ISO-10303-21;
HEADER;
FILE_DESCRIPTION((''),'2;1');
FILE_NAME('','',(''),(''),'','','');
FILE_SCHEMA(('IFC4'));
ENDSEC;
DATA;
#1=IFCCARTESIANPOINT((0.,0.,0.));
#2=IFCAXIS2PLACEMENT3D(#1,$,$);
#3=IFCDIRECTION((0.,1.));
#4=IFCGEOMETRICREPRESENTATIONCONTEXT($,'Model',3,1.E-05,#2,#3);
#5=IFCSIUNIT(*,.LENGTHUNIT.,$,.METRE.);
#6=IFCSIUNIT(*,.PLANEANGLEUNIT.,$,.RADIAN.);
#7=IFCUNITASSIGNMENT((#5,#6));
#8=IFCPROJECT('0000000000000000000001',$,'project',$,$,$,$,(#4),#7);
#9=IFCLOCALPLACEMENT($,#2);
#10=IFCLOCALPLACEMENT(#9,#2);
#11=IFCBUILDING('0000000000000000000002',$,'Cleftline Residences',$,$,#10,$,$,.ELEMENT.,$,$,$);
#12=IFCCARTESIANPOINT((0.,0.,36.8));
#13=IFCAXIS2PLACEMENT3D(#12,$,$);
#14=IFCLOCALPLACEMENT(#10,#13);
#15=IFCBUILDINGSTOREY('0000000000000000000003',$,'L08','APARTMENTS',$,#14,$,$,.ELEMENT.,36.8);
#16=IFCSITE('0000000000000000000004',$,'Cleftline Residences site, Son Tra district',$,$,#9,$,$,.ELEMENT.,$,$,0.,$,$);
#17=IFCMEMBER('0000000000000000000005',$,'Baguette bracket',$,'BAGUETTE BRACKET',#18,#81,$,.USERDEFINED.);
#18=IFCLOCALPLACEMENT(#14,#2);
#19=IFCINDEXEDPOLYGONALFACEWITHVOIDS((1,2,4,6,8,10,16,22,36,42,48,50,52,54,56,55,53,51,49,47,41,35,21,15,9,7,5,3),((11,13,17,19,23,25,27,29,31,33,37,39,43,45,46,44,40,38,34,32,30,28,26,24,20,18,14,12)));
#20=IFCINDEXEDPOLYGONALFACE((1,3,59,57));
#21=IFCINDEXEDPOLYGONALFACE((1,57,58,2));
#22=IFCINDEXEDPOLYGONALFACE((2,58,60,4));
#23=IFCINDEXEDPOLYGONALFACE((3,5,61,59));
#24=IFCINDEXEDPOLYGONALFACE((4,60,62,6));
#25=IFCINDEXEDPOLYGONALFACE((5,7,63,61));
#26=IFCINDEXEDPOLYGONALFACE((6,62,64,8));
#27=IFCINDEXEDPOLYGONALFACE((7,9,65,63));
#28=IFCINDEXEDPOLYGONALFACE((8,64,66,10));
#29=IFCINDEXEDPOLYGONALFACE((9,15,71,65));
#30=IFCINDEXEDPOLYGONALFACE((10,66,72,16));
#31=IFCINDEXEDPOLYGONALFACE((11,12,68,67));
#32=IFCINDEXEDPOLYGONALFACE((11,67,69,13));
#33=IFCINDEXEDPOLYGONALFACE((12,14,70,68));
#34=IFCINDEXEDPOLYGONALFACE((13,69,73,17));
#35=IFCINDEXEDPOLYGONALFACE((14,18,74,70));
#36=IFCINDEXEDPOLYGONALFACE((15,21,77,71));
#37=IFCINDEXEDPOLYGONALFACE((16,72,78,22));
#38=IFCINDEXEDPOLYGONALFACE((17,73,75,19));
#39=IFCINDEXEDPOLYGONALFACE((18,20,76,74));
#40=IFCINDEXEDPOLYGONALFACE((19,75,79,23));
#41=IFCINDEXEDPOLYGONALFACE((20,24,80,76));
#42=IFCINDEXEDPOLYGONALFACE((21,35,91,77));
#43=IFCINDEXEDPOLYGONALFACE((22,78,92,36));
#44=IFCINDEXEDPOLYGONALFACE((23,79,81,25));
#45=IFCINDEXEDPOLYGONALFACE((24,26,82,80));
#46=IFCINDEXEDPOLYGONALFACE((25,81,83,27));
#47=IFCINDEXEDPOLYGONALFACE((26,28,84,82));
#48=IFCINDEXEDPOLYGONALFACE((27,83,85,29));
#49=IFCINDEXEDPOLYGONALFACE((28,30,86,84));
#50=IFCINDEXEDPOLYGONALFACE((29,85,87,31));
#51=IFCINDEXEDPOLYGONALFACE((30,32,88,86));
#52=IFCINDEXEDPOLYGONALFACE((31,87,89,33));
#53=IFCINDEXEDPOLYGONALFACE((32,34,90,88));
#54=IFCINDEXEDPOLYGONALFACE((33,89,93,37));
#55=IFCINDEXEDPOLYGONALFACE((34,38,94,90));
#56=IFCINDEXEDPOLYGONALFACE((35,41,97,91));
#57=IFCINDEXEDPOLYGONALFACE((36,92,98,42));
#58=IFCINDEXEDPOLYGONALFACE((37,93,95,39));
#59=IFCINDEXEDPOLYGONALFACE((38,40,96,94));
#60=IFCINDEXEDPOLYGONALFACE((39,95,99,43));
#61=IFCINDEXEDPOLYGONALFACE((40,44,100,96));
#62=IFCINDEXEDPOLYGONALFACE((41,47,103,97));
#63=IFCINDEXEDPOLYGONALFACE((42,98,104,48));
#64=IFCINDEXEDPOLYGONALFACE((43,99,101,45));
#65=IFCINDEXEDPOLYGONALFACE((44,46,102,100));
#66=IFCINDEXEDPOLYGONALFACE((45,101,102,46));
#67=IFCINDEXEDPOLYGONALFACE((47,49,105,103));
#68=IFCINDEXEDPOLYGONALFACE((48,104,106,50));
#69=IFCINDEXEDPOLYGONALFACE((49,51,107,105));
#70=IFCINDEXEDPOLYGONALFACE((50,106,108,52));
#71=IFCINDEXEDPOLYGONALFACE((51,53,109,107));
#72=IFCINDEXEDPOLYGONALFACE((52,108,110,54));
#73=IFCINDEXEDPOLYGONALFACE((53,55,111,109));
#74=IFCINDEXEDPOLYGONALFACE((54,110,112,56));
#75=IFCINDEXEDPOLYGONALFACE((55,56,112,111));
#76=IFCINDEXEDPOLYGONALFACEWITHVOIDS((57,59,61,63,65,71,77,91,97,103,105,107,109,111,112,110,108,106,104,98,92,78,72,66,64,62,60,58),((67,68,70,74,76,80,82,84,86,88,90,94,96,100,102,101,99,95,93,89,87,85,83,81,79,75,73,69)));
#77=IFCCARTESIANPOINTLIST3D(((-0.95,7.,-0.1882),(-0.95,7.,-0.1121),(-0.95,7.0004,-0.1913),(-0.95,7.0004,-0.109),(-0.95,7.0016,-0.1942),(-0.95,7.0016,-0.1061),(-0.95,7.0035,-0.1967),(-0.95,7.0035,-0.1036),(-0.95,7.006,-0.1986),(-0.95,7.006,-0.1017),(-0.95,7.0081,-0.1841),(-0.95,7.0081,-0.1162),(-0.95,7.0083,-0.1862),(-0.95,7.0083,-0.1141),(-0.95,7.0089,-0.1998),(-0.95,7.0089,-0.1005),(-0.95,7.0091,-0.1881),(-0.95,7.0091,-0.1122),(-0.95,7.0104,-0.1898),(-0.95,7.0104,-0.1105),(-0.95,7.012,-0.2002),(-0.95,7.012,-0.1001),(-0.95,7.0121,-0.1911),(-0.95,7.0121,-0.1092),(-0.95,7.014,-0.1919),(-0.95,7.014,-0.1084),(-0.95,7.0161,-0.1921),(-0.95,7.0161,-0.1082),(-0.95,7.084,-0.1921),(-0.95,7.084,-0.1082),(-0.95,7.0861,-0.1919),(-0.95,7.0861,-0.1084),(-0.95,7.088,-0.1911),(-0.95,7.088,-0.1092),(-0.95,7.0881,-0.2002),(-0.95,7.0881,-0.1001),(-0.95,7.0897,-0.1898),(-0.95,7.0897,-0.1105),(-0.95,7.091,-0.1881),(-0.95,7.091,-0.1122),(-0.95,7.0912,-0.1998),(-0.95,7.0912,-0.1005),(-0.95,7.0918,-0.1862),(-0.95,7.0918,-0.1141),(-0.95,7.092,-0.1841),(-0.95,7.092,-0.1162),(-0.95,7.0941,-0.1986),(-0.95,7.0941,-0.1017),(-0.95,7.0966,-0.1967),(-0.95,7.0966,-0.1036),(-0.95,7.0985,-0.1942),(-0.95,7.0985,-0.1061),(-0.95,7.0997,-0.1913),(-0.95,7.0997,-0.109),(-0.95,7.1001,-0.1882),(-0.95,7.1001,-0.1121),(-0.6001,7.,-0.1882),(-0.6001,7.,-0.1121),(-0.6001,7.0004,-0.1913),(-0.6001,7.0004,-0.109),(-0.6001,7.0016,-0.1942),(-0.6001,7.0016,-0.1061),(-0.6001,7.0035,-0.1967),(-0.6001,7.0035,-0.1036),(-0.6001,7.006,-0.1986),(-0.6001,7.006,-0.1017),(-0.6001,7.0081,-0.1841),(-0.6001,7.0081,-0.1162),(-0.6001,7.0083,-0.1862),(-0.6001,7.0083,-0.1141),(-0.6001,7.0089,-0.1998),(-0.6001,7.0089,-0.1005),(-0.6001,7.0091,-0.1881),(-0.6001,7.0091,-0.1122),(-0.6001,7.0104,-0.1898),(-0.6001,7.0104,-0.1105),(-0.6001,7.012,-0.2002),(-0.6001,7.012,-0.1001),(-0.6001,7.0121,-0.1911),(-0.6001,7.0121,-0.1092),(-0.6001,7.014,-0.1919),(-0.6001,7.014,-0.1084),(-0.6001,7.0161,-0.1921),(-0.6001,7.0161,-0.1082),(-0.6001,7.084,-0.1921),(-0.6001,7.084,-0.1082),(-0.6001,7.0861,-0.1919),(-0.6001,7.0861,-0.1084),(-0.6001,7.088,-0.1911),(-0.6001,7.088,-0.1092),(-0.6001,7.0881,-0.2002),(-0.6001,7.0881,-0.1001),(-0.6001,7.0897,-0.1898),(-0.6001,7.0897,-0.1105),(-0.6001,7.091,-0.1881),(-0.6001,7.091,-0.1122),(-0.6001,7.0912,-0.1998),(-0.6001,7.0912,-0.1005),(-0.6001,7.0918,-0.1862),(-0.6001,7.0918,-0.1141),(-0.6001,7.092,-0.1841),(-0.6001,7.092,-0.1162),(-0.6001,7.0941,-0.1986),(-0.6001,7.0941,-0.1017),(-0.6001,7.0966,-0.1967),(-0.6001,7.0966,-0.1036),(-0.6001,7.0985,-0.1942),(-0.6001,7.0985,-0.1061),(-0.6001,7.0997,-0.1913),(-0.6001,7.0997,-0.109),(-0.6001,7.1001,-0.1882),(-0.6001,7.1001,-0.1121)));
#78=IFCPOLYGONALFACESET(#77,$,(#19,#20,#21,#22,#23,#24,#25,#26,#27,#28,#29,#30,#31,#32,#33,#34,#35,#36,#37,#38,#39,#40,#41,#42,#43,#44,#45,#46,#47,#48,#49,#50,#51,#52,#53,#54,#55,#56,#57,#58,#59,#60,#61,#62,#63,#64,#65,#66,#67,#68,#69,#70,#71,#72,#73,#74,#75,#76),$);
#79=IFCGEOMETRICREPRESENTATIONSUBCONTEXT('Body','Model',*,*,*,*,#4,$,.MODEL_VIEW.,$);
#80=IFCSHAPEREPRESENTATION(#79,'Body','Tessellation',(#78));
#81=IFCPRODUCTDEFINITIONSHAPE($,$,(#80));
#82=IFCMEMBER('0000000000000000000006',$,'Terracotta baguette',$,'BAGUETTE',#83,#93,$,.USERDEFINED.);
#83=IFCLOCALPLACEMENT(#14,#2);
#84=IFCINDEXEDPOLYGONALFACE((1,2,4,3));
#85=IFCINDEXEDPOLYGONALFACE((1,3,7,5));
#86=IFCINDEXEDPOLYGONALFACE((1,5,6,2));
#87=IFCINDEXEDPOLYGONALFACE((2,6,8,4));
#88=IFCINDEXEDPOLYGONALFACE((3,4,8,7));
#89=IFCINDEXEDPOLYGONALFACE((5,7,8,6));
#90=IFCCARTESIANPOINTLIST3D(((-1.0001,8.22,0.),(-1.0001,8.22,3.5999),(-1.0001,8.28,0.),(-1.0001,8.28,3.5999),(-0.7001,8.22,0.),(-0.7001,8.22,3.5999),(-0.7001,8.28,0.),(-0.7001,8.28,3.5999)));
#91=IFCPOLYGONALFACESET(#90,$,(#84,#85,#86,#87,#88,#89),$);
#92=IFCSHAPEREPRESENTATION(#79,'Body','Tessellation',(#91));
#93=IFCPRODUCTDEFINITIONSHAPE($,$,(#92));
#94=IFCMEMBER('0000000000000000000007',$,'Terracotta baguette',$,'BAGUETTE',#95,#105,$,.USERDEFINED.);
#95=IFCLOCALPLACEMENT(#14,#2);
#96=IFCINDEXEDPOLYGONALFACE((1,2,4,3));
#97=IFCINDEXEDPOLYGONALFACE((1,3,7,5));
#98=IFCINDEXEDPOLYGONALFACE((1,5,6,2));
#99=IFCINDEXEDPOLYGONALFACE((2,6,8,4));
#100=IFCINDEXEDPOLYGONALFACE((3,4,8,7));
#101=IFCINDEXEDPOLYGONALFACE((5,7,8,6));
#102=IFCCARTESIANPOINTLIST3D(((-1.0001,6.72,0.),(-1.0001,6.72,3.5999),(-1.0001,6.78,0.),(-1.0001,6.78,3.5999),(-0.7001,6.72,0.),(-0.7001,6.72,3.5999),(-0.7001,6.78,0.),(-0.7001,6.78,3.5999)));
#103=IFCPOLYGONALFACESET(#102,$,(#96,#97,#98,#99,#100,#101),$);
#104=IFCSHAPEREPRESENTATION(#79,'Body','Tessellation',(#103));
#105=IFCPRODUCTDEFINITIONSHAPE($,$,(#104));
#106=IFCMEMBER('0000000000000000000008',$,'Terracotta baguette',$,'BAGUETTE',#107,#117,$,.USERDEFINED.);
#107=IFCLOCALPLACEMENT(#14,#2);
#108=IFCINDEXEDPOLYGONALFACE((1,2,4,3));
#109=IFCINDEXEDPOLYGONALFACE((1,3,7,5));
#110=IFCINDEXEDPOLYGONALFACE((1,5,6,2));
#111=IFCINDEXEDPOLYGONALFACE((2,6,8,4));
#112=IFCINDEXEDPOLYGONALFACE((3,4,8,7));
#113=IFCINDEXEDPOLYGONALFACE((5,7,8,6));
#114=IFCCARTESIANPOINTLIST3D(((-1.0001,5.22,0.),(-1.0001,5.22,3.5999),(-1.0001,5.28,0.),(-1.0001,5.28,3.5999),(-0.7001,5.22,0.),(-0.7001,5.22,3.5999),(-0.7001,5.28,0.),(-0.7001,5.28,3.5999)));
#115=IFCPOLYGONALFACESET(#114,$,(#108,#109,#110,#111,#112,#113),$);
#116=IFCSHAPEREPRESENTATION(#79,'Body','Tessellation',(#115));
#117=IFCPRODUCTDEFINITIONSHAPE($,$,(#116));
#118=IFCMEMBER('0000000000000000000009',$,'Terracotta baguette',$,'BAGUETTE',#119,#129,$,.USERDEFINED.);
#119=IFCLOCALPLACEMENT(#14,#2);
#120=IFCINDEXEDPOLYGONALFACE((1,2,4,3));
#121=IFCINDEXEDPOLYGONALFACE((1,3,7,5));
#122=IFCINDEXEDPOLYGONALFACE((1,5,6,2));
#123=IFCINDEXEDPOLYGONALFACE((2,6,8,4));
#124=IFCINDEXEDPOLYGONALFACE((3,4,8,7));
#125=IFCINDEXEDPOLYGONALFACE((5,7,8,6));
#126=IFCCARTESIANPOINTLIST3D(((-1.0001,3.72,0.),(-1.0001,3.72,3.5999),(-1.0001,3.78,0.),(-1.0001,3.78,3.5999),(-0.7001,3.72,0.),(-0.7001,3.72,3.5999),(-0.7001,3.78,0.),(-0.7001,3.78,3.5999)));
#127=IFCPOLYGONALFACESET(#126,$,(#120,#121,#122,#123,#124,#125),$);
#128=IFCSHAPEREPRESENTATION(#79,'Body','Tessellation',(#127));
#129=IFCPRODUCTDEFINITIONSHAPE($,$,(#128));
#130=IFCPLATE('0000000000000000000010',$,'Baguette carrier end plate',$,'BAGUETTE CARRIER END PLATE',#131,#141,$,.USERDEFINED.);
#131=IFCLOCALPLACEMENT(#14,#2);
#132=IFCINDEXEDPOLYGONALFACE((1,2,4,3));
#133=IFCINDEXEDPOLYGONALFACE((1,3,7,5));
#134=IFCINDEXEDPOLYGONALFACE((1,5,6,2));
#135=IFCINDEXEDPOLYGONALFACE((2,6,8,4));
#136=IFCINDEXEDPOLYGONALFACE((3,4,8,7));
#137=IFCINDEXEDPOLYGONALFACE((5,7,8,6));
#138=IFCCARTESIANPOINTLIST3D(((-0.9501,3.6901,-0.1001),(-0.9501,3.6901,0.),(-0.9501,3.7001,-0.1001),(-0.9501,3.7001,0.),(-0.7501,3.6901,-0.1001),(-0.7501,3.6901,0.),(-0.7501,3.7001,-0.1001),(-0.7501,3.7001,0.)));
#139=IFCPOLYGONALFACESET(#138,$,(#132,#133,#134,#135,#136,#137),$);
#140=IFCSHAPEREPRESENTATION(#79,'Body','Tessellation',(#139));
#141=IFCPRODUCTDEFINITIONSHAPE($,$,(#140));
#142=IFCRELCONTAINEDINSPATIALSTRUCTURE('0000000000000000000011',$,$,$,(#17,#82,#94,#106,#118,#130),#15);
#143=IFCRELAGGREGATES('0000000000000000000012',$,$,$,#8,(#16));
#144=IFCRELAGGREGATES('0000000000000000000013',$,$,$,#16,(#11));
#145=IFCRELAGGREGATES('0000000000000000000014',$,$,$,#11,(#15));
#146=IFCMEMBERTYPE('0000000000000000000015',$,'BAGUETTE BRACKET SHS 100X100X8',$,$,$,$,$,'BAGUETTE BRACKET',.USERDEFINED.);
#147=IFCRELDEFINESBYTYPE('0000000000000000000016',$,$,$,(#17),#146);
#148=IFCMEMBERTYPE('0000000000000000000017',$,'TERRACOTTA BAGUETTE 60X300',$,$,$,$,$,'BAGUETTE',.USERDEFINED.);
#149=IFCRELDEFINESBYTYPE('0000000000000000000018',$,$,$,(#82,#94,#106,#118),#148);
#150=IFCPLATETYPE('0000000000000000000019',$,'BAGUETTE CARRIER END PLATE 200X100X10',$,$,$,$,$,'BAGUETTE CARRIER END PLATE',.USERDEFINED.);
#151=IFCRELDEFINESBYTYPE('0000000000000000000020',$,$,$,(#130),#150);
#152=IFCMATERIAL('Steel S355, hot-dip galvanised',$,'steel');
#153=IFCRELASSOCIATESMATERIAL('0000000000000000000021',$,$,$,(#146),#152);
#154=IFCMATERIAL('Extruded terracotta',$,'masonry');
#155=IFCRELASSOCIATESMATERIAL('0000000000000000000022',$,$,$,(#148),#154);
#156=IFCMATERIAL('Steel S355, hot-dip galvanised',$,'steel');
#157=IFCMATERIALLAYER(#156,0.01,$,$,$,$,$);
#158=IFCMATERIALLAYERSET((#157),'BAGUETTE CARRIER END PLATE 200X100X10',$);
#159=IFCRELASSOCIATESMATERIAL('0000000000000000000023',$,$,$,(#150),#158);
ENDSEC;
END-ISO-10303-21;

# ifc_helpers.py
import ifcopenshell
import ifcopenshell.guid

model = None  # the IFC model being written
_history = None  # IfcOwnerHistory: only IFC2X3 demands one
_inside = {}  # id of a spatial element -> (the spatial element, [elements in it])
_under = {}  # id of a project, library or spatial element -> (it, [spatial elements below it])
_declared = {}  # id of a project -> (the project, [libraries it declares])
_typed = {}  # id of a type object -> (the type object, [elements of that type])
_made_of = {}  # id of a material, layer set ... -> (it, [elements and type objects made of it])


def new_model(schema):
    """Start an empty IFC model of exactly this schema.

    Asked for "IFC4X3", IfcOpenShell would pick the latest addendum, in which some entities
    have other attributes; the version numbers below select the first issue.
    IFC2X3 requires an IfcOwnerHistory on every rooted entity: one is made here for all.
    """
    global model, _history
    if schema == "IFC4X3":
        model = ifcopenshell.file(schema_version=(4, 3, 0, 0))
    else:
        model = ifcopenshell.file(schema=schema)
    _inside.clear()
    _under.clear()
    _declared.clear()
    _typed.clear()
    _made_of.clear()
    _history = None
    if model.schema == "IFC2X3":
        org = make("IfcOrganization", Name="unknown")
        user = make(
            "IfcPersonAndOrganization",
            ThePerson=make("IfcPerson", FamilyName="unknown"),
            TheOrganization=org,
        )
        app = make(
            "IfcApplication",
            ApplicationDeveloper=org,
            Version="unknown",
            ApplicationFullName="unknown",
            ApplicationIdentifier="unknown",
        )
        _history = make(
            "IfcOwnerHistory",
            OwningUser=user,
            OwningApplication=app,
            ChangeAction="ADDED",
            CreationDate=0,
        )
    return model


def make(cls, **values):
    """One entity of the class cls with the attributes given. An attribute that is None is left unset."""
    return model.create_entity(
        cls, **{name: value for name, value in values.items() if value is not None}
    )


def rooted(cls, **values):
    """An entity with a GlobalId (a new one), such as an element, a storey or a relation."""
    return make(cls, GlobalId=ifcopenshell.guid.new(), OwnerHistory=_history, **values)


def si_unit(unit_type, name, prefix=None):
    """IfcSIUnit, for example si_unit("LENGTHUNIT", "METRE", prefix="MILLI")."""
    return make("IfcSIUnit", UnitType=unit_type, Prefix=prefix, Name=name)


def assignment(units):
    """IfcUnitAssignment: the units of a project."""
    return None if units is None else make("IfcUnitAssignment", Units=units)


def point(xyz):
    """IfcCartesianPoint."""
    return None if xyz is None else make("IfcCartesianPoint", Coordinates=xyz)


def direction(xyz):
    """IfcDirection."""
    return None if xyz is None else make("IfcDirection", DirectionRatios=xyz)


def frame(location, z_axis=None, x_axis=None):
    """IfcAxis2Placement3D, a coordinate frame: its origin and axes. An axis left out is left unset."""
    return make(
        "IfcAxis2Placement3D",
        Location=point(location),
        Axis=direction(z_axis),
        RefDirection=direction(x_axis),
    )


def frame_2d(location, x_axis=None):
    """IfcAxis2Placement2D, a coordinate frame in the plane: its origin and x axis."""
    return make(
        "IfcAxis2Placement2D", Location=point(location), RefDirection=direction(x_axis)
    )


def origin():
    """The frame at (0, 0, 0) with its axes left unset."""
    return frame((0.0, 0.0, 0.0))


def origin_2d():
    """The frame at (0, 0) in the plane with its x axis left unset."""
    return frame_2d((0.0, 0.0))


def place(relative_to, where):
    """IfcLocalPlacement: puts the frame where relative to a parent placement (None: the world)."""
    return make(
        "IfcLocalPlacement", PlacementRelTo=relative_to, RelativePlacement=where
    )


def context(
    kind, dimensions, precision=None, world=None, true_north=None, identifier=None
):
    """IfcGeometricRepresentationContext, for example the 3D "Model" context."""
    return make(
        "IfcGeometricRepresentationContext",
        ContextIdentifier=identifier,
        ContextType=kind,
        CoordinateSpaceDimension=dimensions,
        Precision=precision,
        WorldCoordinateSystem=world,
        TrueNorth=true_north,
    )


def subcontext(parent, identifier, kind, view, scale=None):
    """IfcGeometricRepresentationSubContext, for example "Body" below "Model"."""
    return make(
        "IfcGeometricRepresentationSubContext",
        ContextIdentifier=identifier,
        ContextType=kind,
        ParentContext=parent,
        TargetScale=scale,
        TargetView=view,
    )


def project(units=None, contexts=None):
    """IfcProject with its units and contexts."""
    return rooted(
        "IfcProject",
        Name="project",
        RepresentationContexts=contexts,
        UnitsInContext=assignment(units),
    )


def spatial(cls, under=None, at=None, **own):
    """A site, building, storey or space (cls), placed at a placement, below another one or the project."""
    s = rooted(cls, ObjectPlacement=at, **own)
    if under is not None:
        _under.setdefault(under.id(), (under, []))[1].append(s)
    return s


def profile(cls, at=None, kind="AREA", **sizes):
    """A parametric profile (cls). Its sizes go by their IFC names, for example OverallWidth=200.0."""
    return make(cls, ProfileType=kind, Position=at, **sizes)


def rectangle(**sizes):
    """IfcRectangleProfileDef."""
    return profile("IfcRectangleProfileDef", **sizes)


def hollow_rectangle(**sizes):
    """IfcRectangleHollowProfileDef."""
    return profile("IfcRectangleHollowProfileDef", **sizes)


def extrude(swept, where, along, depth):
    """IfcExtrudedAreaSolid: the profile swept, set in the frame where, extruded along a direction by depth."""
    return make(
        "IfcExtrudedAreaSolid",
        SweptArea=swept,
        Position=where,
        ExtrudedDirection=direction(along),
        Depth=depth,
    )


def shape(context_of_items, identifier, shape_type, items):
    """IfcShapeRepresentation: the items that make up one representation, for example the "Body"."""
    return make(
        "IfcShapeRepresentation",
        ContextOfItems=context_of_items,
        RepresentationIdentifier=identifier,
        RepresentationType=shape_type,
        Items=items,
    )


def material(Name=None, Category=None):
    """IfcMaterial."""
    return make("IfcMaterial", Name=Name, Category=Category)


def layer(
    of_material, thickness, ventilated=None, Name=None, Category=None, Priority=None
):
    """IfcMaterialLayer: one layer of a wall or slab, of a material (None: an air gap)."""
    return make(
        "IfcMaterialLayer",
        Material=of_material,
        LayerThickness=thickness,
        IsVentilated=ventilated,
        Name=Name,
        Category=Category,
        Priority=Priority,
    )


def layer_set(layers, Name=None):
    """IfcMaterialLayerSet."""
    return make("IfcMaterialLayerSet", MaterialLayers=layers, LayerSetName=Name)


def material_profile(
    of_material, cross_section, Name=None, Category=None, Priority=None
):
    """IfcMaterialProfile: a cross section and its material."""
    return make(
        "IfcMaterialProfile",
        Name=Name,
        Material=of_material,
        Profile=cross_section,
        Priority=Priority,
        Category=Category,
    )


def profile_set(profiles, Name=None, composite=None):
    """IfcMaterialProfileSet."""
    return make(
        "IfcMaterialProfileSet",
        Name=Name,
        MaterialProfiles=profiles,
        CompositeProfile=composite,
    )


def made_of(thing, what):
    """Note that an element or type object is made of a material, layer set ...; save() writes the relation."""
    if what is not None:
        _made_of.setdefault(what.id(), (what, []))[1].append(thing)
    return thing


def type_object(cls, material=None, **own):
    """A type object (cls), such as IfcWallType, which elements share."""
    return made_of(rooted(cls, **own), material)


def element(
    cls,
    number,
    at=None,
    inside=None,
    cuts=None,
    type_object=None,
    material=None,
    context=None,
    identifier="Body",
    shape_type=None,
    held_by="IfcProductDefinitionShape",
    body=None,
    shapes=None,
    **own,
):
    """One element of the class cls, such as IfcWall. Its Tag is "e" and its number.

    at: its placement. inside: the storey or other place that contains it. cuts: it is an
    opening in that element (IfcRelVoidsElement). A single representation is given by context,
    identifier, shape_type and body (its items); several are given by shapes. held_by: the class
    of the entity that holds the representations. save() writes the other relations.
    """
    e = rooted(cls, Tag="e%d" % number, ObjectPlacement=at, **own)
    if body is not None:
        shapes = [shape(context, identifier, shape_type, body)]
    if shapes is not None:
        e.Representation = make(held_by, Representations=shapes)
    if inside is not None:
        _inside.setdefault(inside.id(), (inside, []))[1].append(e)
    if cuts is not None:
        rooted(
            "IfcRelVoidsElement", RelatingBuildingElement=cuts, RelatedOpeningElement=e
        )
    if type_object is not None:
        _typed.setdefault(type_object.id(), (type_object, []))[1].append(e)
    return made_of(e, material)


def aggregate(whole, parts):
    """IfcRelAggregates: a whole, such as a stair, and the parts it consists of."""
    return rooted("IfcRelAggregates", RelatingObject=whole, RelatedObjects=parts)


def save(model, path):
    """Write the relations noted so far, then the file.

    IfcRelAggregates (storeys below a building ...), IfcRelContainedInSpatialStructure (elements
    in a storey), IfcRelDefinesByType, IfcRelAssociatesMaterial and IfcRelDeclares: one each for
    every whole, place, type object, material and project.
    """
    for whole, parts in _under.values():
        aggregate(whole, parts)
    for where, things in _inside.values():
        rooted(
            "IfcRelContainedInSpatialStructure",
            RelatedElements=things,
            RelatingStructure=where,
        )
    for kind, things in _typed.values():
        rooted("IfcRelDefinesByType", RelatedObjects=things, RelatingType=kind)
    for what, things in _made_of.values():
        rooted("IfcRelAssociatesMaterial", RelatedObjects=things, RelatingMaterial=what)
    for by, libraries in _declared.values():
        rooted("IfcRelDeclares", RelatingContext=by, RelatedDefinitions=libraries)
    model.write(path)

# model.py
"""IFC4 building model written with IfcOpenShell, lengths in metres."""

from ifc_helpers import new_model, si_unit, direction, frame, origin, origin_2d, place, context, subcontext, project, spatial, rectangle, hollow_rectangle, extrude, material, layer, layer_set, material_profile, profile_set, type_object, element, save


model = new_model("IFC4")

# Units and contexts
model_context = context("Model", 3, precision=1e-05, world=origin(), true_north=direction((0.0, 1.0)))
body_context = subcontext(model_context, "Body", "Model", "MODEL_VIEW")
ifc_project = project(units=[si_unit("LENGTHUNIT", "METRE"), si_unit("PLANEANGLEUNIT", "RADIAN")], contexts=[model_context])

# Site, building, storey
site_placement = place(None, origin())
site = spatial("IfcSite", under=ifc_project, at=site_placement, Name="Cleftline Residences site, Son Tra district", CompositionType="ELEMENT", RefElevation=0.0)
building_placement = place(site_placement, origin())
building = spatial("IfcBuilding", under=site, at=building_placement, Name="Cleftline Residences", CompositionType="ELEMENT")
storey_placement = place(building_placement, frame((0.0, 0.0, 36.8)))
storey = spatial("IfcBuildingStorey", under=building, at=storey_placement, Name="L08", Description="APARTMENTS", CompositionType="ELEMENT", Elevation=36.8)

# Members
ifc_material_1 = material(Name="Steel S355, hot-dip galvanised", Category="steel")
ifc_material_profile_1 = material_profile(ifc_material_1, hollow_rectangle(XDim=0.1001, YDim=0.1001, WallThickness=0.0081, InnerFilletRadius=0.0081, OuterFilletRadius=0.012, at=origin_2d()))
ifc_profile_set_1 = profile_set([ifc_material_profile_1], Name="Steel S355, hot-dip galvanised")
member_type_1 = type_object("IfcMemberType", Name="BAGUETTE BRACKET SHS 100X100X8", ElementType="BAGUETTE BRACKET", PredefinedType="USERDEFINED", material=ifc_profile_set_1)
member_placement = place(storey_placement, frame((-0.6001, 7.05, -0.1501), z_axis=(-1.0, 0.0, 0.0), x_axis=(0.0, -1.0, 0.0)))
element("IfcMember", 1, at=member_placement, inside=storey, type_object=member_type_1, Name="Baguette bracket", ObjectType="BAGUETTE BRACKET", PredefinedType="USERDEFINED", context=body_context, shape_type="SweptSolid", body=[
    extrude(hollow_rectangle(XDim=0.1001, YDim=0.1001, WallThickness=0.0081, InnerFilletRadius=0.0081, OuterFilletRadius=0.012, at=origin_2d()), origin(), (0.0, 0.0, 1.0), 0.3499),
])
ifc_material_2 = material(Name="Extruded terracotta", Category="masonry")
ifc_material_profile_2 = material_profile(ifc_material_2, rectangle(XDim=0.0601, YDim=0.3, at=origin_2d()))
ifc_profile_set_2 = profile_set([ifc_material_profile_2], Name="Extruded terracotta")
member_type_2 = type_object("IfcMemberType", Name="TERRACOTTA BAGUETTE 60X300", ElementType="BAGUETTE", PredefinedType="USERDEFINED", material=ifc_profile_set_2)
for number, where, z_axis, x_axis, name in (
    (2, (-0.8501, 8.25, 0.0), (0.0, 0.0, 1.0), (0.0, 1.0, 0.0), "Terracotta baguette"),
    (3, (-0.8501, 6.75, 0.0), (0.0, 0.0, 1.0), (0.0, 1.0, 0.0), "Terracotta baguette"),
    (4, (-0.8501, 5.25, 0.0), (0.0, 0.0, 1.0), (0.0, 1.0, 0.0), "Terracotta baguette"),
    (5, (-0.8501, 3.75, 0.0), (0.0, 0.0, 1.0), (0.0, 1.0, 0.0), "Terracotta baguette"),
):
    element("IfcMember", number, at=place(storey_placement, frame(where, z_axis=z_axis, x_axis=x_axis)), inside=storey, type_object=member_type_2, Name=name, ObjectType="BAGUETTE", PredefinedType="USERDEFINED", context=body_context, shape_type="SweptSolid", body=[
        extrude(rectangle(XDim=0.0601, YDim=0.3, at=origin_2d()), origin(), (0.0, 0.0, 1.0), 3.5999),
    ])

# Plate
ifc_material_3 = material(Name="Steel S355, hot-dip galvanised", Category="steel")
ifc_layer_1 = layer(ifc_material_3, 0.01)
ifc_layer_set_1 = layer_set([ifc_layer_1], Name="BAGUETTE CARRIER END PLATE 200X100X10")
plate_type = type_object("IfcPlateType", Name="BAGUETTE CARRIER END PLATE 200X100X10", ElementType="BAGUETTE CARRIER END PLATE", PredefinedType="USERDEFINED", material=ifc_layer_set_1)
plate_placement = place(storey_placement, frame((-0.8501, 3.6951, -0.1001), z_axis=(0.0, 0.0, 1.0), x_axis=(-1.0, 0.0, 0.0)))
element("IfcPlate", 6, at=plate_placement, inside=storey, type_object=plate_type, Name="Baguette carrier end plate", ObjectType="BAGUETTE CARRIER END PLATE", PredefinedType="USERDEFINED", context=body_context, shape_type="SweptSolid", body=[
    extrude(rectangle(XDim=0.2, YDim=0.01, at=origin_2d()), origin(), (0.0, 0.0, 1.0), 0.1001),
])

save(model, "model.ifc")
